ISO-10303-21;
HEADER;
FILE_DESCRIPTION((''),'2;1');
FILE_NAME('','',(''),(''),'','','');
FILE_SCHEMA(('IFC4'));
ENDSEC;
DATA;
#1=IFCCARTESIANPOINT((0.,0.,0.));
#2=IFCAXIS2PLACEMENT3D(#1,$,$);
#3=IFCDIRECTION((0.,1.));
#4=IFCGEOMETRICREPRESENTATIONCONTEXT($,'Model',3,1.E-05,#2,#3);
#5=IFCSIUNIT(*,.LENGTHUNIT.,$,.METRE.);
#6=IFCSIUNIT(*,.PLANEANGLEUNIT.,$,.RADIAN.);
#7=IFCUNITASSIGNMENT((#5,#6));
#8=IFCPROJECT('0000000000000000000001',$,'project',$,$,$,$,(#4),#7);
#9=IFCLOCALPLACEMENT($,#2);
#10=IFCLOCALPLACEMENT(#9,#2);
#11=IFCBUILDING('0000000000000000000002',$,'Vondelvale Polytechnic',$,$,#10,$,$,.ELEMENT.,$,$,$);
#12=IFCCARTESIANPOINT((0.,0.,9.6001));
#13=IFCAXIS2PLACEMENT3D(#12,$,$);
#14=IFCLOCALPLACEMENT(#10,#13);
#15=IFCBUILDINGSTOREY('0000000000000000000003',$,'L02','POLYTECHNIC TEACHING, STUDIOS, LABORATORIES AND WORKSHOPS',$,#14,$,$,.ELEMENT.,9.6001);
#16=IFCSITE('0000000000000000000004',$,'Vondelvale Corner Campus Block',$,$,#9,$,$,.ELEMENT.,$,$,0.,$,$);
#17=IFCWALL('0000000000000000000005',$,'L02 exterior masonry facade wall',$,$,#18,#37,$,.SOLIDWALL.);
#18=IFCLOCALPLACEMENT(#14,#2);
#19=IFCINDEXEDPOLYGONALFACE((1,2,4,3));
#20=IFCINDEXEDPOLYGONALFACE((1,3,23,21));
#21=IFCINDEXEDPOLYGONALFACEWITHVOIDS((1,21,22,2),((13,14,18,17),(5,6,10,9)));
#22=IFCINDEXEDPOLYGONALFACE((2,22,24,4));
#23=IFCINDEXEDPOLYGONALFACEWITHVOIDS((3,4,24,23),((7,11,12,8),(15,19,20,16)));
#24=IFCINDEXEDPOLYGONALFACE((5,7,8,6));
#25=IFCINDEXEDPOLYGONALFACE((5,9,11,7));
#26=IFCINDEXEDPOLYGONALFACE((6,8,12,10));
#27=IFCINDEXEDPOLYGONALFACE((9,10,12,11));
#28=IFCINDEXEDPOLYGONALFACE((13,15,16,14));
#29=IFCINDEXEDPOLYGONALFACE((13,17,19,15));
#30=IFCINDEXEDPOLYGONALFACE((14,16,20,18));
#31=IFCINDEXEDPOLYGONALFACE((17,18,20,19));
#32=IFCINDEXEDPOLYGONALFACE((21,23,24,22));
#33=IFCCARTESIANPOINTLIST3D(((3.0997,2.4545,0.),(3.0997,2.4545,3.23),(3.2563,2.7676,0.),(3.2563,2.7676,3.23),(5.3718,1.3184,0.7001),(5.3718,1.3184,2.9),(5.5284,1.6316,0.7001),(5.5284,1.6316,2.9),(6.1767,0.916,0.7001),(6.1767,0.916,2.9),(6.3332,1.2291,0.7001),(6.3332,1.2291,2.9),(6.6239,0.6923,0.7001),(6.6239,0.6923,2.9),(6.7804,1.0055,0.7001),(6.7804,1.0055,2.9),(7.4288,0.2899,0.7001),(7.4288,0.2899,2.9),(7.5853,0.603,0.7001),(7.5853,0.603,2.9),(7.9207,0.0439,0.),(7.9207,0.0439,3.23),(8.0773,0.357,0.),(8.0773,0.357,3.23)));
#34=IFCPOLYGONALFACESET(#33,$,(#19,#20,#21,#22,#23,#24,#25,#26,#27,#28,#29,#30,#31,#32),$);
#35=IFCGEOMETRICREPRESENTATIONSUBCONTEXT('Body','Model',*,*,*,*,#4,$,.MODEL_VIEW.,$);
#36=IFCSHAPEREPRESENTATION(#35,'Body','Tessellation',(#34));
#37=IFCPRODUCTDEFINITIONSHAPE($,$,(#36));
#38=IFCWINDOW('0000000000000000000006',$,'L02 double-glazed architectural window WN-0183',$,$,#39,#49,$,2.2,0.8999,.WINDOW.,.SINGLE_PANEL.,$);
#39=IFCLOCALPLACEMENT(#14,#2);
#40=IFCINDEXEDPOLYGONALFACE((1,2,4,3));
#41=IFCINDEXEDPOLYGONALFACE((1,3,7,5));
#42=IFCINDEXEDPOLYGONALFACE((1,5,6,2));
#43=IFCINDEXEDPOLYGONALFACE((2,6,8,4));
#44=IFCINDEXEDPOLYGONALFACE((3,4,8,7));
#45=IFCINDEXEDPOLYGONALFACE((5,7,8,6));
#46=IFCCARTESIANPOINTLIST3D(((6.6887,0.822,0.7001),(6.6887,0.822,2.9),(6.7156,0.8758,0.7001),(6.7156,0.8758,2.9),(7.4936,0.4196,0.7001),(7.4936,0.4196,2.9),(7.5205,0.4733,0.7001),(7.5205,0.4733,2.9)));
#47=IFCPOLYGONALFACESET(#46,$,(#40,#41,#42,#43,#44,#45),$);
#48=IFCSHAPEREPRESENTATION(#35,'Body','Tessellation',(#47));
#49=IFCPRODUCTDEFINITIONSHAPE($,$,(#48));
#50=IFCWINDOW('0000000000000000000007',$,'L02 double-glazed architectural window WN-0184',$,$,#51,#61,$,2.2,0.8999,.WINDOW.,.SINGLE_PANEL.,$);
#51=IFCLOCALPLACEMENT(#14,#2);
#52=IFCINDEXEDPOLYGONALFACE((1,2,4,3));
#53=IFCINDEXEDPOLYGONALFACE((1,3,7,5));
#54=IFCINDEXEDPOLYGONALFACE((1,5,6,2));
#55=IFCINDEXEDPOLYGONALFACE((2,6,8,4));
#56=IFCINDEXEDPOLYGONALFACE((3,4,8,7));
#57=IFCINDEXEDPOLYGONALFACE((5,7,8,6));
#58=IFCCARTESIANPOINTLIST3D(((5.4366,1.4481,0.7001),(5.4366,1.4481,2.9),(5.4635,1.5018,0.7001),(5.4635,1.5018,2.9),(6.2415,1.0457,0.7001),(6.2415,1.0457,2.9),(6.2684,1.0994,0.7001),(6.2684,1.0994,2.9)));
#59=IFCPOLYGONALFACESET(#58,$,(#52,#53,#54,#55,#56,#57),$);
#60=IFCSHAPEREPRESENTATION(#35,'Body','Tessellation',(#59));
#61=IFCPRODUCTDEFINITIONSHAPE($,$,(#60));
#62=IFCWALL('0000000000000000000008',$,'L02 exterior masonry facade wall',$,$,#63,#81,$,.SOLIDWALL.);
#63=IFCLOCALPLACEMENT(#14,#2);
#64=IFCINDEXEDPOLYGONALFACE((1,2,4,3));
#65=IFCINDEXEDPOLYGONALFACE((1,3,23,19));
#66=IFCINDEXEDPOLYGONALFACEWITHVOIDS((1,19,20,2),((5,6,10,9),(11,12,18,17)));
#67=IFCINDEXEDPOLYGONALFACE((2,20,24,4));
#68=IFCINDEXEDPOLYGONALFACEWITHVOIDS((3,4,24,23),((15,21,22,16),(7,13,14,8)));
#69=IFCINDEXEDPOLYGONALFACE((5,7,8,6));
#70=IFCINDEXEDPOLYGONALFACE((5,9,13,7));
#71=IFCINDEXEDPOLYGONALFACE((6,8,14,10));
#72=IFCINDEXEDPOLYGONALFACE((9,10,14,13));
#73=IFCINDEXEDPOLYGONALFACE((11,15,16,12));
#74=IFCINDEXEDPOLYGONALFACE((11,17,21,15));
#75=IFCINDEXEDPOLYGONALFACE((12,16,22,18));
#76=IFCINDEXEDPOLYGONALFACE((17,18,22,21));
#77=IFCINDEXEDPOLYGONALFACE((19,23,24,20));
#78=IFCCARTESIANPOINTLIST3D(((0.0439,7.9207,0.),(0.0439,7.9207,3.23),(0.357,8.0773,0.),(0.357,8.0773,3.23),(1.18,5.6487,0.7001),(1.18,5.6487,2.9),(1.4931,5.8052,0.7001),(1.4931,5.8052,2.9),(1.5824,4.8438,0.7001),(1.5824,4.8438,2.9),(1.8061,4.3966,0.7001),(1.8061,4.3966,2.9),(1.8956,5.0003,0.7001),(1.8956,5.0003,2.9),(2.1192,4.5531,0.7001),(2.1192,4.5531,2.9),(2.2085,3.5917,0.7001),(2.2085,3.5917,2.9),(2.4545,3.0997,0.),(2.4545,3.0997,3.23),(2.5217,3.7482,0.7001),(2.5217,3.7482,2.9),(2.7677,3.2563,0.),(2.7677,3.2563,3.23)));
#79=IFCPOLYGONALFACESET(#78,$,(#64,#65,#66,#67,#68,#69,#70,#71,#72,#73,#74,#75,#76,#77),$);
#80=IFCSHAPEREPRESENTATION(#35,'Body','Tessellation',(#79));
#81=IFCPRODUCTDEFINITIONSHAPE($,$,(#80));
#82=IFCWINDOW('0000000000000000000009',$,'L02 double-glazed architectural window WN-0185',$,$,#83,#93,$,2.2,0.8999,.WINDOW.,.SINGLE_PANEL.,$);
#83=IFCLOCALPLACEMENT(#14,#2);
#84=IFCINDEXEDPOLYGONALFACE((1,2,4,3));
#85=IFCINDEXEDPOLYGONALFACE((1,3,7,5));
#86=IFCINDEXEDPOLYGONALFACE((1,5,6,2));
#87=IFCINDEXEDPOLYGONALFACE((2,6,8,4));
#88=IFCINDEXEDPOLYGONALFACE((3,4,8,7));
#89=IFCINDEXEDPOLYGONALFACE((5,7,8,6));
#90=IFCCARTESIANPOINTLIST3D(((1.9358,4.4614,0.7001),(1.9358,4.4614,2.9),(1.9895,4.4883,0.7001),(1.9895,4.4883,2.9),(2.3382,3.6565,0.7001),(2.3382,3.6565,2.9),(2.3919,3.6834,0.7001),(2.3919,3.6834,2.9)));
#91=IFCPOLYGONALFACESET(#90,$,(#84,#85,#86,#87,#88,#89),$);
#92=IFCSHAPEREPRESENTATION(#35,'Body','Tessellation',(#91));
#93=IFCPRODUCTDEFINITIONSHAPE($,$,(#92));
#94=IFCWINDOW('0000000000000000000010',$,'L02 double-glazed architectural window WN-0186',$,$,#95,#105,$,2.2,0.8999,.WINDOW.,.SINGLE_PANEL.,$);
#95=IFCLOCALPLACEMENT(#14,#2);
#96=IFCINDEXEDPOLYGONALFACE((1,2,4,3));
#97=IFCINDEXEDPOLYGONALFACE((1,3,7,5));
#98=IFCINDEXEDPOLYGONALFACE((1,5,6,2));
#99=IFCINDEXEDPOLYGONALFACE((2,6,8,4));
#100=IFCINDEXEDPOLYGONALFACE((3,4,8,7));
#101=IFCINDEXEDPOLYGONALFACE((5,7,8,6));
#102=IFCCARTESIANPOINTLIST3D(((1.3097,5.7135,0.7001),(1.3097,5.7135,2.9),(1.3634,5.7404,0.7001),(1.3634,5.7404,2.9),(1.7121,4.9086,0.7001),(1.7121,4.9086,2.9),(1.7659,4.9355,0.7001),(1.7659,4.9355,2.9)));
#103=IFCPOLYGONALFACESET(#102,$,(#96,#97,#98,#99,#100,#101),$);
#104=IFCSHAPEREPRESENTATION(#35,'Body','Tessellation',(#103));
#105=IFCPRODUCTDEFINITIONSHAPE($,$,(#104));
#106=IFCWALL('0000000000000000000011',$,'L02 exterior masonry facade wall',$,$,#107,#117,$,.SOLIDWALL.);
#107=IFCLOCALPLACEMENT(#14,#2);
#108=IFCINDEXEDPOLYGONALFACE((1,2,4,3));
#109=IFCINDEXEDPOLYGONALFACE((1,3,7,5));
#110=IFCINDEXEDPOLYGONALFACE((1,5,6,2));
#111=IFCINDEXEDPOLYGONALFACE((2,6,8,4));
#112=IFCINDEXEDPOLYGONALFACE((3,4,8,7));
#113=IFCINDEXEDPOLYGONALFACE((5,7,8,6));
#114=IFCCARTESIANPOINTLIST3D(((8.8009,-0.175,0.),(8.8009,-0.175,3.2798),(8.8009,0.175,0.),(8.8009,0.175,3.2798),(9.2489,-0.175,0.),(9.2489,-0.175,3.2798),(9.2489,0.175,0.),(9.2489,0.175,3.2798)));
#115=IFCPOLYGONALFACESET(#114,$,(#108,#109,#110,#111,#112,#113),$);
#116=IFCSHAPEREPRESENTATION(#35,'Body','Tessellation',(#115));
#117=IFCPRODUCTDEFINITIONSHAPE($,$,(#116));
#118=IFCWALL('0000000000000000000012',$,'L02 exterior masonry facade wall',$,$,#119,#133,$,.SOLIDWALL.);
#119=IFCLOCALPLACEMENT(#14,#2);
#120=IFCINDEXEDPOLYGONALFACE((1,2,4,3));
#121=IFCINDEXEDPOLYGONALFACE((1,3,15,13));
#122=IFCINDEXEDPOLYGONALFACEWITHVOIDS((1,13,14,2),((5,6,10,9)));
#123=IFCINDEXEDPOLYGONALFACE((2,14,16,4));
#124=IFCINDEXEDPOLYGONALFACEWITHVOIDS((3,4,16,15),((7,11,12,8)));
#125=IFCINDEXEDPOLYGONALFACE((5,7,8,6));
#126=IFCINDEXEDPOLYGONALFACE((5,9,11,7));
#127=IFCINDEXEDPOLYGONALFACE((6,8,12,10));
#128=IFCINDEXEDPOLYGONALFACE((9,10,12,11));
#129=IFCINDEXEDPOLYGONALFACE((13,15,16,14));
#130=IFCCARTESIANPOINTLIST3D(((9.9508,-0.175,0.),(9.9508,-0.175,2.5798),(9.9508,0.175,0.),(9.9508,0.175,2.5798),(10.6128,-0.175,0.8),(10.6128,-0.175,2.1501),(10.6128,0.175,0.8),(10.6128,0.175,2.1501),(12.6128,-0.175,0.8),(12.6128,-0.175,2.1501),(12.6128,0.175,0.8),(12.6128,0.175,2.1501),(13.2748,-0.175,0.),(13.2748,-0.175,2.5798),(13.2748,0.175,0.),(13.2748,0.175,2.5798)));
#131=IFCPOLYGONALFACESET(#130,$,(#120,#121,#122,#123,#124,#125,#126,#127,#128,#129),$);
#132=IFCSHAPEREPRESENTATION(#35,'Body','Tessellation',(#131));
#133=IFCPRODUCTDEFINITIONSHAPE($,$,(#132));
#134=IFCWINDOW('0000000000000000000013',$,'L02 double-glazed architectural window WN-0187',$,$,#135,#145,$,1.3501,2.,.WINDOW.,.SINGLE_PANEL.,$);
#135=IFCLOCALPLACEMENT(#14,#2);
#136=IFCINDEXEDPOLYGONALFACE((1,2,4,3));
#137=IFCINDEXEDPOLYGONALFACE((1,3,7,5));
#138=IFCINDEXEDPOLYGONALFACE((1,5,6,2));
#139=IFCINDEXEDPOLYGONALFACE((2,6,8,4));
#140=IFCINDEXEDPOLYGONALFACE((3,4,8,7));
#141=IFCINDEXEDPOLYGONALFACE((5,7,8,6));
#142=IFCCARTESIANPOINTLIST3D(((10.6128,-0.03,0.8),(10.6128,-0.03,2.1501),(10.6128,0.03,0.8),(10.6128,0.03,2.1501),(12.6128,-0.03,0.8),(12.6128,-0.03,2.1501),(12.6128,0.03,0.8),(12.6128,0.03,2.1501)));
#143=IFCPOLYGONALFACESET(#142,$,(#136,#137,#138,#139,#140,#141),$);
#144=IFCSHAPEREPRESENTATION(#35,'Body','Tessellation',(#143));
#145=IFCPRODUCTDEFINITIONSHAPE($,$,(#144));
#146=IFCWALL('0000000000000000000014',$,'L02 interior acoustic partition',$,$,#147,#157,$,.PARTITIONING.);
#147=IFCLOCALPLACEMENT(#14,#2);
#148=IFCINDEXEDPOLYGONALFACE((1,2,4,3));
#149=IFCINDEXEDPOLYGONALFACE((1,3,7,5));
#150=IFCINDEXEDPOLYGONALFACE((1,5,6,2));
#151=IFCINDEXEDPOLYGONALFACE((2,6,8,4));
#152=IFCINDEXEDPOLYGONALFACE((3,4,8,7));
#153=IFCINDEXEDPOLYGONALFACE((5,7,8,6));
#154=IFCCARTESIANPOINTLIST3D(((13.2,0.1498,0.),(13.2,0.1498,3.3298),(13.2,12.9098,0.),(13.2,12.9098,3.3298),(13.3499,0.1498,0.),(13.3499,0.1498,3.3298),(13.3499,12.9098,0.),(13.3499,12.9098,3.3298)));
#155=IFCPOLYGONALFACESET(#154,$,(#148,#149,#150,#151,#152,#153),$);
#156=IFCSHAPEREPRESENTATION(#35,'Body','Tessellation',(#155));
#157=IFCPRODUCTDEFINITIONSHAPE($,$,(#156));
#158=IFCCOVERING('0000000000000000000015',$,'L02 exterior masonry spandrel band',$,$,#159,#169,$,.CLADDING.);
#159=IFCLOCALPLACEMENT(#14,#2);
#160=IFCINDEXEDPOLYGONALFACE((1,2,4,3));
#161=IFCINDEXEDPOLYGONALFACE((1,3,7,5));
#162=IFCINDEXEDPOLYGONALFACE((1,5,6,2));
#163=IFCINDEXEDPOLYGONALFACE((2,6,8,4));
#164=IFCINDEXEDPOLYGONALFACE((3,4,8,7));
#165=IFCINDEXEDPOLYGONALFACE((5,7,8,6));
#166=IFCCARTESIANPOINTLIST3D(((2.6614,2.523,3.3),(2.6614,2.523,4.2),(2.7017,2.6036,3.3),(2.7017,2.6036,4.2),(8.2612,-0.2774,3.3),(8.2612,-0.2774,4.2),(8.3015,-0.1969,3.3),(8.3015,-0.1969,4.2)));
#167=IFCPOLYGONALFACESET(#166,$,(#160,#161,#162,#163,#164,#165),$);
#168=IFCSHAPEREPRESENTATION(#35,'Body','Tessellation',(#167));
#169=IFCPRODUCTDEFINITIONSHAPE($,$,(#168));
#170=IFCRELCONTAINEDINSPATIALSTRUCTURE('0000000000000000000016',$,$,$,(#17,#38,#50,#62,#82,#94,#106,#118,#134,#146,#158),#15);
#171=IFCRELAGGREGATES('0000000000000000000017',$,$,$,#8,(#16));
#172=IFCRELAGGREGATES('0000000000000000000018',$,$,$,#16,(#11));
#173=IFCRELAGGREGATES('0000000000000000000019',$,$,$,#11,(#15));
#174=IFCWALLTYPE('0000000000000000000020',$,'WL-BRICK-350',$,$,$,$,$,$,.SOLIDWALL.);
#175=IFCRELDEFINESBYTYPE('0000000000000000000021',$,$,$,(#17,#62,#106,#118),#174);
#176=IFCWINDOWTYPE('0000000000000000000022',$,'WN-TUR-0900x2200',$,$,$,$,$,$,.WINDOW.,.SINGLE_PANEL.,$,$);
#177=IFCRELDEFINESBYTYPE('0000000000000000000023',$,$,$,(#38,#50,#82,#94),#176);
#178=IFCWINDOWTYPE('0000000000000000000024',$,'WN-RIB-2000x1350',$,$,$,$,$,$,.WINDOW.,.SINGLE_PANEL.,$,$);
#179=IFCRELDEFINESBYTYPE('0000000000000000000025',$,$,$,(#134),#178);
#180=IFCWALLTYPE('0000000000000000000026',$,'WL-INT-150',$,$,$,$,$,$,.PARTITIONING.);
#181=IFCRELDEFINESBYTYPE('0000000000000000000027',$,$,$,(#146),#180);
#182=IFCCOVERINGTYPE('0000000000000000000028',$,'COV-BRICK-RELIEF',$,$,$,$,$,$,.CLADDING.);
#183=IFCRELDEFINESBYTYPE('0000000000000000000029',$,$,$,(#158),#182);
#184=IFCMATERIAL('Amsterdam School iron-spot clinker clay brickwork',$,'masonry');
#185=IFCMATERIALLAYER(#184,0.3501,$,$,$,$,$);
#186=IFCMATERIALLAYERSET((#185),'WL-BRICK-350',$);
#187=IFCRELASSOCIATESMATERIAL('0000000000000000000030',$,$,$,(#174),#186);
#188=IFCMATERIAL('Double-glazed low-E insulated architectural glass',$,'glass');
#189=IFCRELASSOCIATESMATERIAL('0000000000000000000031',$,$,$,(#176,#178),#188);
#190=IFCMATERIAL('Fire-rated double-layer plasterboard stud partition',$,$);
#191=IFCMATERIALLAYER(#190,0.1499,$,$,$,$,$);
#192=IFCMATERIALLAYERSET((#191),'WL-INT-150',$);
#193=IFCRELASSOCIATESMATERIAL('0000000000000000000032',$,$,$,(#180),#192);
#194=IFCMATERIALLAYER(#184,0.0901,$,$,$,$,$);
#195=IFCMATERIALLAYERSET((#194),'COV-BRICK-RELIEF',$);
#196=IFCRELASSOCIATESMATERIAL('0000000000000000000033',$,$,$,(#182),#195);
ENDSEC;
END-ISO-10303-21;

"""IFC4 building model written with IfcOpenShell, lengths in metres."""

from ifc_helpers import new_model, si_unit, direction, frame, frame_2d, origin, origin_2d, place, context, subcontext, project, spatial, rectangle, extrude, material, layer, layer_set, type_object, element, fill, save


model = new_model("IFC4")

# Units and contexts
model_context = context("Model", 3, precision=1e-05, world=origin(), true_north=direction((0.0, 1.0)))
body_context = subcontext(model_context, "Body", "Model", "MODEL_VIEW")
ifc_project = project(units=[si_unit("LENGTHUNIT", "METRE"), si_unit("PLANEANGLEUNIT", "RADIAN")], contexts=[model_context])

# Site, building, storey
site_placement = place(None, origin())
site = spatial("IfcSite", under=ifc_project, at=site_placement, Name="Vondelvale Corner Campus Block", CompositionType="ELEMENT", RefElevation=0.0)
building_placement = place(site_placement, origin())
building = spatial("IfcBuilding", under=site, at=building_placement, Name="Vondelvale Polytechnic", CompositionType="ELEMENT")
storey_placement = place(building_placement, frame((0.0, 0.0, 9.6001)))
storey = spatial("IfcBuildingStorey", under=building, at=storey_placement, Name="L02", Description="POLYTECHNIC TEACHING, STUDIOS, LABORATORIES AND WORKSHOPS", CompositionType="ELEMENT", Elevation=9.6001)

# Walls, openings, windows
ifc_material_1 = material(Name="Amsterdam School iron-spot clinker clay brickwork", Category="masonry")
ifc_layer_1 = layer(ifc_material_1, 0.3501)
ifc_layer_set_1 = layer_set([ifc_layer_1], Name="WL-BRICK-350")
wall_type_1 = type_object("IfcWallType", Name="WL-BRICK-350", PredefinedType="SOLIDWALL", material=ifc_layer_set_1)
wall_1_placement = place(storey_placement, frame((7.999, 0.2004, 0.0), z_axis=(0.0, 0.0, 1.0), x_axis=(-0.894418, 0.447232, 0.0)))
wall_1 = element("IfcWall", 1, at=wall_1_placement, inside=storey, type_object=wall_type_1, Name="L02 exterior masonry facade wall", PredefinedType="SOLIDWALL", context=body_context, shape_type="SweptSolid", body=[
    extrude(rectangle(XDim=5.3901, YDim=0.3501, at=frame_2d((2.6951, 0.0))), origin(), (0.0, 0.0, 1.0), 3.23),
])
opening_1_placement = place(wall_1_placement, frame((0.55, 0.0, 0.7)))
opening_1 = element("IfcOpeningElement", 2, at=opening_1_placement, cuts=wall_1, PredefinedType="OPENING", context=body_context, shape_type="SweptSolid", body=[
    extrude(rectangle(XDim=0.8999, YDim=2.2, at=frame_2d((0.45, 1.1001))), frame((0.0, 0.1851, 0.0), z_axis=(0.0, -1.0, 0.0), x_axis=(1.0, 0.0, 0.0)), (0.0, 0.0, 1.0), 0.3701),
])
opening_2_placement = place(wall_1_placement, frame((1.95, 0.0, 0.7)))
opening_2 = element("IfcOpeningElement", 3, at=opening_2_placement, cuts=wall_1, PredefinedType="OPENING", context=body_context, shape_type="SweptSolid", body=[
    extrude(rectangle(XDim=0.8999, YDim=2.2, at=frame_2d((0.45, 1.1001))), frame((0.0, 0.1851, 0.0), z_axis=(0.0, -1.0, 0.0), x_axis=(1.0, 0.0, 0.0)), (0.0, 0.0, 1.0), 0.3701),
])
ifc_material_2 = material(Name="Double-glazed low-E insulated architectural glass", Category="glass")
window_type_1 = type_object("IfcWindowType", Name="WN-TUR-0900x2200", PartitioningType="SINGLE_PANEL", PredefinedType="WINDOW", material=ifc_material_2)
window_1_placement = place(opening_1_placement, origin())
window_1 = element("IfcWindow", 4, at=window_1_placement, inside=storey, type_object=window_type_1, Name="L02 double-glazed architectural window WN-0183", OverallHeight=2.2, OverallWidth=0.8999, PartitioningType="SINGLE_PANEL", PredefinedType="WINDOW", context=body_context, shape_type="SweptSolid", body=[
    extrude(rectangle(XDim=0.8999, YDim=2.2, at=frame_2d((0.45, 1.1001))), frame((0.0, 0.03, 0.0), z_axis=(0.0, -1.0, 0.0), x_axis=(1.0, 0.0, 0.0)), (0.0, 0.0, 1.0), 0.0601),
])
fill(opening_1, window_1)
window_2_placement = place(opening_2_placement, origin())
window_2 = element("IfcWindow", 5, at=window_2_placement, inside=storey, type_object=window_type_1, Name="L02 double-glazed architectural window WN-0184", OverallHeight=2.2, OverallWidth=0.8999, PartitioningType="SINGLE_PANEL", PredefinedType="WINDOW", context=body_context, shape_type="SweptSolid", body=[
    extrude(rectangle(XDim=0.8999, YDim=2.2, at=frame_2d((0.45, 1.1001))), frame((0.0, 0.03, 0.0), z_axis=(0.0, -1.0, 0.0), x_axis=(1.0, 0.0, 0.0)), (0.0, 0.0, 1.0), 0.0601),
])
fill(opening_2, window_2)
wall_2_placement = place(storey_placement, frame((2.6111, 3.178, 0.0), z_axis=(0.0, 0.0, 1.0), x_axis=(-0.447232, 0.894418, 0.0)))
wall_2 = element("IfcWall", 6, at=wall_2_placement, inside=storey, type_object=wall_type_1, Name="L02 exterior masonry facade wall", PredefinedType="SOLIDWALL", context=body_context, shape_type="SweptSolid", body=[
    extrude(rectangle(XDim=5.3901, YDim=0.3501, at=frame_2d((2.6951, 0.0))), origin(), (0.0, 0.0, 1.0), 3.23),
])
opening_3_placement = place(wall_2_placement, frame((0.55, 0.0, 0.7)))
opening_3 = element("IfcOpeningElement", 7, at=opening_3_placement, cuts=wall_2, PredefinedType="OPENING", context=body_context, shape_type="SweptSolid", body=[
    extrude(rectangle(XDim=0.8999, YDim=2.2, at=frame_2d((0.45, 1.1001))), frame((0.0, 0.1851, 0.0), z_axis=(0.0, -1.0, 0.0), x_axis=(1.0, 0.0, 0.0)), (0.0, 0.0, 1.0), 0.3701),
])
opening_4_placement = place(wall_2_placement, frame((1.95, 0.0, 0.7)))
opening_4 = element("IfcOpeningElement", 8, at=opening_4_placement, cuts=wall_2, PredefinedType="OPENING", context=body_context, shape_type="SweptSolid", body=[
    extrude(rectangle(XDim=0.8999, YDim=2.2, at=frame_2d((0.45, 1.1001))), frame((0.0, 0.1851, 0.0), z_axis=(0.0, -1.0, 0.0), x_axis=(1.0, 0.0, 0.0)), (0.0, 0.0, 1.0), 0.3701),
])
window_3_placement = place(opening_3_placement, origin())
window_3 = element("IfcWindow", 9, at=window_3_placement, inside=storey, type_object=window_type_1, Name="L02 double-glazed architectural window WN-0185", OverallHeight=2.2, OverallWidth=0.8999, PartitioningType="SINGLE_PANEL", PredefinedType="WINDOW", context=body_context, shape_type="SweptSolid", body=[
    extrude(rectangle(XDim=0.8999, YDim=2.2, at=frame_2d((0.45, 1.1001))), frame((0.0, 0.03, 0.0), z_axis=(0.0, -1.0, 0.0), x_axis=(1.0, 0.0, 0.0)), (0.0, 0.0, 1.0), 0.0601),
])
fill(opening_3, window_3)
window_4_placement = place(opening_4_placement, origin())
window_4 = element("IfcWindow", 10, at=window_4_placement, inside=storey, type_object=window_type_1, Name="L02 double-glazed architectural window WN-0186", OverallHeight=2.2, OverallWidth=0.8999, PartitioningType="SINGLE_PANEL", PredefinedType="WINDOW", context=body_context, shape_type="SweptSolid", body=[
    extrude(rectangle(XDim=0.8999, YDim=2.2, at=frame_2d((0.45, 1.1001))), frame((0.0, 0.03, 0.0), z_axis=(0.0, -1.0, 0.0), x_axis=(1.0, 0.0, 0.0)), (0.0, 0.0, 1.0), 0.0601),
])
fill(opening_4, window_4)

# Wall
wall_3_placement = place(storey_placement, frame((9.249, 0.0, 0.0), z_axis=(0.0, 0.0, 1.0), x_axis=(-1.0, 0.0, 0.0)))
element("IfcWall", 11, at=wall_3_placement, inside=storey, type_object=wall_type_1, Name="L02 exterior masonry facade wall", PredefinedType="SOLIDWALL", context=body_context, shape_type="SweptSolid", body=[
    extrude(rectangle(XDim=0.448, YDim=0.3501, at=frame_2d((0.2241, 0.0))), origin(), (0.0, 0.0, 1.0), 3.2798),
])

# Wall, opening, window
wall_4_placement = place(storey_placement, frame((13.2749, 0.0, 0.0), z_axis=(0.0, 0.0, 1.0), x_axis=(-1.0, 0.0, 0.0)))
wall_4 = element("IfcWall", 12, at=wall_4_placement, inside=storey, type_object=wall_type_1, Name="L02 exterior masonry facade wall", PredefinedType="SOLIDWALL", context=body_context, shape_type="SweptSolid", body=[
    extrude(rectangle(XDim=3.324, YDim=0.3501, at=frame_2d((1.6621, 0.0))), origin(), (0.0, 0.0, 1.0), 2.5798),
])
opening_5_placement = place(wall_4_placement, frame((0.6621, 0.0, 0.8)))
opening_5 = element("IfcOpeningElement", 13, at=opening_5_placement, cuts=wall_4, PredefinedType="OPENING", context=body_context, shape_type="SweptSolid", body=[
    extrude(rectangle(XDim=2.0, YDim=1.3501, at=frame_2d((1.0, 0.675))), frame((0.0, 0.1851, 0.0), z_axis=(0.0, -1.0, 0.0), x_axis=(1.0, 0.0, 0.0)), (0.0, 0.0, 1.0), 0.3701),
])
window_type_2 = type_object("IfcWindowType", Name="WN-RIB-2000x1350", PartitioningType="SINGLE_PANEL", PredefinedType="WINDOW", material=ifc_material_2)
window_5_placement = place(opening_5_placement, origin())
window_5 = element("IfcWindow", 14, at=window_5_placement, inside=storey, type_object=window_type_2, Name="L02 double-glazed architectural window WN-0187", OverallHeight=1.3501, OverallWidth=2.0, PartitioningType="SINGLE_PANEL", PredefinedType="WINDOW", context=body_context, shape_type="SweptSolid", body=[
    extrude(rectangle(XDim=2.0, YDim=1.3501, at=frame_2d((1.0, 0.675))), frame((0.0, 0.03, 0.0), z_axis=(0.0, -1.0, 0.0), x_axis=(1.0, 0.0, 0.0)), (0.0, 0.0, 1.0), 0.0601),
])
fill(opening_5, window_5)

# Wall
ifc_material_3 = material(Name="Fire-rated double-layer plasterboard stud partition")
ifc_layer_2 = layer(ifc_material_3, 0.1499)
ifc_layer_set_2 = layer_set([ifc_layer_2], Name="WL-INT-150")
wall_type_2 = type_object("IfcWallType", Name="WL-INT-150", PredefinedType="PARTITIONING", material=ifc_layer_set_2)
wall_5_placement = place(storey_placement, frame((13.2749, 0.1499, 0.0), z_axis=(0.0, 0.0, 1.0), x_axis=(0.0, 1.0, 0.0)))
element("IfcWall", 15, at=wall_5_placement, inside=storey, type_object=wall_type_2, Name="L02 interior acoustic partition", PredefinedType="PARTITIONING", context=body_context, shape_type="SweptSolid", body=[
    extrude(rectangle(XDim=12.76, YDim=0.1499, at=frame_2d((6.3799, 0.0))), origin(), (0.0, 0.0, 1.0), 3.3298),
])

# Covering
ifc_layer_3 = layer(ifc_material_1, 0.0901)
ifc_layer_set_3 = layer_set([ifc_layer_3], Name="COV-BRICK-RELIEF")
covering_type = type_object("IfcCoveringType", Name="COV-BRICK-RELIEF", PredefinedType="CLADDING", material=ifc_layer_set_3)
for number, where, z_axis, x_axis, name in (
    (16, (5.4814, 1.1631, 3.3), (0.0, 0.0, 1.0), (-0.894389, 0.447291, 0.0), "L02 exterior masonry spandrel band"),
):
    element("IfcCovering", number, at=place(storey_placement, frame(where, z_axis=z_axis, x_axis=x_axis)), inside=storey, type_object=covering_type, Name=name, PredefinedType="CLADDING", context=body_context, shape_type="SweptSolid", body=[
        extrude(rectangle(XDim=6.261, YDim=0.0901, at=origin_2d()), origin(), (0.0, 0.0, 1.0), 0.8999),
    ])

save(model, "model.ifc")
